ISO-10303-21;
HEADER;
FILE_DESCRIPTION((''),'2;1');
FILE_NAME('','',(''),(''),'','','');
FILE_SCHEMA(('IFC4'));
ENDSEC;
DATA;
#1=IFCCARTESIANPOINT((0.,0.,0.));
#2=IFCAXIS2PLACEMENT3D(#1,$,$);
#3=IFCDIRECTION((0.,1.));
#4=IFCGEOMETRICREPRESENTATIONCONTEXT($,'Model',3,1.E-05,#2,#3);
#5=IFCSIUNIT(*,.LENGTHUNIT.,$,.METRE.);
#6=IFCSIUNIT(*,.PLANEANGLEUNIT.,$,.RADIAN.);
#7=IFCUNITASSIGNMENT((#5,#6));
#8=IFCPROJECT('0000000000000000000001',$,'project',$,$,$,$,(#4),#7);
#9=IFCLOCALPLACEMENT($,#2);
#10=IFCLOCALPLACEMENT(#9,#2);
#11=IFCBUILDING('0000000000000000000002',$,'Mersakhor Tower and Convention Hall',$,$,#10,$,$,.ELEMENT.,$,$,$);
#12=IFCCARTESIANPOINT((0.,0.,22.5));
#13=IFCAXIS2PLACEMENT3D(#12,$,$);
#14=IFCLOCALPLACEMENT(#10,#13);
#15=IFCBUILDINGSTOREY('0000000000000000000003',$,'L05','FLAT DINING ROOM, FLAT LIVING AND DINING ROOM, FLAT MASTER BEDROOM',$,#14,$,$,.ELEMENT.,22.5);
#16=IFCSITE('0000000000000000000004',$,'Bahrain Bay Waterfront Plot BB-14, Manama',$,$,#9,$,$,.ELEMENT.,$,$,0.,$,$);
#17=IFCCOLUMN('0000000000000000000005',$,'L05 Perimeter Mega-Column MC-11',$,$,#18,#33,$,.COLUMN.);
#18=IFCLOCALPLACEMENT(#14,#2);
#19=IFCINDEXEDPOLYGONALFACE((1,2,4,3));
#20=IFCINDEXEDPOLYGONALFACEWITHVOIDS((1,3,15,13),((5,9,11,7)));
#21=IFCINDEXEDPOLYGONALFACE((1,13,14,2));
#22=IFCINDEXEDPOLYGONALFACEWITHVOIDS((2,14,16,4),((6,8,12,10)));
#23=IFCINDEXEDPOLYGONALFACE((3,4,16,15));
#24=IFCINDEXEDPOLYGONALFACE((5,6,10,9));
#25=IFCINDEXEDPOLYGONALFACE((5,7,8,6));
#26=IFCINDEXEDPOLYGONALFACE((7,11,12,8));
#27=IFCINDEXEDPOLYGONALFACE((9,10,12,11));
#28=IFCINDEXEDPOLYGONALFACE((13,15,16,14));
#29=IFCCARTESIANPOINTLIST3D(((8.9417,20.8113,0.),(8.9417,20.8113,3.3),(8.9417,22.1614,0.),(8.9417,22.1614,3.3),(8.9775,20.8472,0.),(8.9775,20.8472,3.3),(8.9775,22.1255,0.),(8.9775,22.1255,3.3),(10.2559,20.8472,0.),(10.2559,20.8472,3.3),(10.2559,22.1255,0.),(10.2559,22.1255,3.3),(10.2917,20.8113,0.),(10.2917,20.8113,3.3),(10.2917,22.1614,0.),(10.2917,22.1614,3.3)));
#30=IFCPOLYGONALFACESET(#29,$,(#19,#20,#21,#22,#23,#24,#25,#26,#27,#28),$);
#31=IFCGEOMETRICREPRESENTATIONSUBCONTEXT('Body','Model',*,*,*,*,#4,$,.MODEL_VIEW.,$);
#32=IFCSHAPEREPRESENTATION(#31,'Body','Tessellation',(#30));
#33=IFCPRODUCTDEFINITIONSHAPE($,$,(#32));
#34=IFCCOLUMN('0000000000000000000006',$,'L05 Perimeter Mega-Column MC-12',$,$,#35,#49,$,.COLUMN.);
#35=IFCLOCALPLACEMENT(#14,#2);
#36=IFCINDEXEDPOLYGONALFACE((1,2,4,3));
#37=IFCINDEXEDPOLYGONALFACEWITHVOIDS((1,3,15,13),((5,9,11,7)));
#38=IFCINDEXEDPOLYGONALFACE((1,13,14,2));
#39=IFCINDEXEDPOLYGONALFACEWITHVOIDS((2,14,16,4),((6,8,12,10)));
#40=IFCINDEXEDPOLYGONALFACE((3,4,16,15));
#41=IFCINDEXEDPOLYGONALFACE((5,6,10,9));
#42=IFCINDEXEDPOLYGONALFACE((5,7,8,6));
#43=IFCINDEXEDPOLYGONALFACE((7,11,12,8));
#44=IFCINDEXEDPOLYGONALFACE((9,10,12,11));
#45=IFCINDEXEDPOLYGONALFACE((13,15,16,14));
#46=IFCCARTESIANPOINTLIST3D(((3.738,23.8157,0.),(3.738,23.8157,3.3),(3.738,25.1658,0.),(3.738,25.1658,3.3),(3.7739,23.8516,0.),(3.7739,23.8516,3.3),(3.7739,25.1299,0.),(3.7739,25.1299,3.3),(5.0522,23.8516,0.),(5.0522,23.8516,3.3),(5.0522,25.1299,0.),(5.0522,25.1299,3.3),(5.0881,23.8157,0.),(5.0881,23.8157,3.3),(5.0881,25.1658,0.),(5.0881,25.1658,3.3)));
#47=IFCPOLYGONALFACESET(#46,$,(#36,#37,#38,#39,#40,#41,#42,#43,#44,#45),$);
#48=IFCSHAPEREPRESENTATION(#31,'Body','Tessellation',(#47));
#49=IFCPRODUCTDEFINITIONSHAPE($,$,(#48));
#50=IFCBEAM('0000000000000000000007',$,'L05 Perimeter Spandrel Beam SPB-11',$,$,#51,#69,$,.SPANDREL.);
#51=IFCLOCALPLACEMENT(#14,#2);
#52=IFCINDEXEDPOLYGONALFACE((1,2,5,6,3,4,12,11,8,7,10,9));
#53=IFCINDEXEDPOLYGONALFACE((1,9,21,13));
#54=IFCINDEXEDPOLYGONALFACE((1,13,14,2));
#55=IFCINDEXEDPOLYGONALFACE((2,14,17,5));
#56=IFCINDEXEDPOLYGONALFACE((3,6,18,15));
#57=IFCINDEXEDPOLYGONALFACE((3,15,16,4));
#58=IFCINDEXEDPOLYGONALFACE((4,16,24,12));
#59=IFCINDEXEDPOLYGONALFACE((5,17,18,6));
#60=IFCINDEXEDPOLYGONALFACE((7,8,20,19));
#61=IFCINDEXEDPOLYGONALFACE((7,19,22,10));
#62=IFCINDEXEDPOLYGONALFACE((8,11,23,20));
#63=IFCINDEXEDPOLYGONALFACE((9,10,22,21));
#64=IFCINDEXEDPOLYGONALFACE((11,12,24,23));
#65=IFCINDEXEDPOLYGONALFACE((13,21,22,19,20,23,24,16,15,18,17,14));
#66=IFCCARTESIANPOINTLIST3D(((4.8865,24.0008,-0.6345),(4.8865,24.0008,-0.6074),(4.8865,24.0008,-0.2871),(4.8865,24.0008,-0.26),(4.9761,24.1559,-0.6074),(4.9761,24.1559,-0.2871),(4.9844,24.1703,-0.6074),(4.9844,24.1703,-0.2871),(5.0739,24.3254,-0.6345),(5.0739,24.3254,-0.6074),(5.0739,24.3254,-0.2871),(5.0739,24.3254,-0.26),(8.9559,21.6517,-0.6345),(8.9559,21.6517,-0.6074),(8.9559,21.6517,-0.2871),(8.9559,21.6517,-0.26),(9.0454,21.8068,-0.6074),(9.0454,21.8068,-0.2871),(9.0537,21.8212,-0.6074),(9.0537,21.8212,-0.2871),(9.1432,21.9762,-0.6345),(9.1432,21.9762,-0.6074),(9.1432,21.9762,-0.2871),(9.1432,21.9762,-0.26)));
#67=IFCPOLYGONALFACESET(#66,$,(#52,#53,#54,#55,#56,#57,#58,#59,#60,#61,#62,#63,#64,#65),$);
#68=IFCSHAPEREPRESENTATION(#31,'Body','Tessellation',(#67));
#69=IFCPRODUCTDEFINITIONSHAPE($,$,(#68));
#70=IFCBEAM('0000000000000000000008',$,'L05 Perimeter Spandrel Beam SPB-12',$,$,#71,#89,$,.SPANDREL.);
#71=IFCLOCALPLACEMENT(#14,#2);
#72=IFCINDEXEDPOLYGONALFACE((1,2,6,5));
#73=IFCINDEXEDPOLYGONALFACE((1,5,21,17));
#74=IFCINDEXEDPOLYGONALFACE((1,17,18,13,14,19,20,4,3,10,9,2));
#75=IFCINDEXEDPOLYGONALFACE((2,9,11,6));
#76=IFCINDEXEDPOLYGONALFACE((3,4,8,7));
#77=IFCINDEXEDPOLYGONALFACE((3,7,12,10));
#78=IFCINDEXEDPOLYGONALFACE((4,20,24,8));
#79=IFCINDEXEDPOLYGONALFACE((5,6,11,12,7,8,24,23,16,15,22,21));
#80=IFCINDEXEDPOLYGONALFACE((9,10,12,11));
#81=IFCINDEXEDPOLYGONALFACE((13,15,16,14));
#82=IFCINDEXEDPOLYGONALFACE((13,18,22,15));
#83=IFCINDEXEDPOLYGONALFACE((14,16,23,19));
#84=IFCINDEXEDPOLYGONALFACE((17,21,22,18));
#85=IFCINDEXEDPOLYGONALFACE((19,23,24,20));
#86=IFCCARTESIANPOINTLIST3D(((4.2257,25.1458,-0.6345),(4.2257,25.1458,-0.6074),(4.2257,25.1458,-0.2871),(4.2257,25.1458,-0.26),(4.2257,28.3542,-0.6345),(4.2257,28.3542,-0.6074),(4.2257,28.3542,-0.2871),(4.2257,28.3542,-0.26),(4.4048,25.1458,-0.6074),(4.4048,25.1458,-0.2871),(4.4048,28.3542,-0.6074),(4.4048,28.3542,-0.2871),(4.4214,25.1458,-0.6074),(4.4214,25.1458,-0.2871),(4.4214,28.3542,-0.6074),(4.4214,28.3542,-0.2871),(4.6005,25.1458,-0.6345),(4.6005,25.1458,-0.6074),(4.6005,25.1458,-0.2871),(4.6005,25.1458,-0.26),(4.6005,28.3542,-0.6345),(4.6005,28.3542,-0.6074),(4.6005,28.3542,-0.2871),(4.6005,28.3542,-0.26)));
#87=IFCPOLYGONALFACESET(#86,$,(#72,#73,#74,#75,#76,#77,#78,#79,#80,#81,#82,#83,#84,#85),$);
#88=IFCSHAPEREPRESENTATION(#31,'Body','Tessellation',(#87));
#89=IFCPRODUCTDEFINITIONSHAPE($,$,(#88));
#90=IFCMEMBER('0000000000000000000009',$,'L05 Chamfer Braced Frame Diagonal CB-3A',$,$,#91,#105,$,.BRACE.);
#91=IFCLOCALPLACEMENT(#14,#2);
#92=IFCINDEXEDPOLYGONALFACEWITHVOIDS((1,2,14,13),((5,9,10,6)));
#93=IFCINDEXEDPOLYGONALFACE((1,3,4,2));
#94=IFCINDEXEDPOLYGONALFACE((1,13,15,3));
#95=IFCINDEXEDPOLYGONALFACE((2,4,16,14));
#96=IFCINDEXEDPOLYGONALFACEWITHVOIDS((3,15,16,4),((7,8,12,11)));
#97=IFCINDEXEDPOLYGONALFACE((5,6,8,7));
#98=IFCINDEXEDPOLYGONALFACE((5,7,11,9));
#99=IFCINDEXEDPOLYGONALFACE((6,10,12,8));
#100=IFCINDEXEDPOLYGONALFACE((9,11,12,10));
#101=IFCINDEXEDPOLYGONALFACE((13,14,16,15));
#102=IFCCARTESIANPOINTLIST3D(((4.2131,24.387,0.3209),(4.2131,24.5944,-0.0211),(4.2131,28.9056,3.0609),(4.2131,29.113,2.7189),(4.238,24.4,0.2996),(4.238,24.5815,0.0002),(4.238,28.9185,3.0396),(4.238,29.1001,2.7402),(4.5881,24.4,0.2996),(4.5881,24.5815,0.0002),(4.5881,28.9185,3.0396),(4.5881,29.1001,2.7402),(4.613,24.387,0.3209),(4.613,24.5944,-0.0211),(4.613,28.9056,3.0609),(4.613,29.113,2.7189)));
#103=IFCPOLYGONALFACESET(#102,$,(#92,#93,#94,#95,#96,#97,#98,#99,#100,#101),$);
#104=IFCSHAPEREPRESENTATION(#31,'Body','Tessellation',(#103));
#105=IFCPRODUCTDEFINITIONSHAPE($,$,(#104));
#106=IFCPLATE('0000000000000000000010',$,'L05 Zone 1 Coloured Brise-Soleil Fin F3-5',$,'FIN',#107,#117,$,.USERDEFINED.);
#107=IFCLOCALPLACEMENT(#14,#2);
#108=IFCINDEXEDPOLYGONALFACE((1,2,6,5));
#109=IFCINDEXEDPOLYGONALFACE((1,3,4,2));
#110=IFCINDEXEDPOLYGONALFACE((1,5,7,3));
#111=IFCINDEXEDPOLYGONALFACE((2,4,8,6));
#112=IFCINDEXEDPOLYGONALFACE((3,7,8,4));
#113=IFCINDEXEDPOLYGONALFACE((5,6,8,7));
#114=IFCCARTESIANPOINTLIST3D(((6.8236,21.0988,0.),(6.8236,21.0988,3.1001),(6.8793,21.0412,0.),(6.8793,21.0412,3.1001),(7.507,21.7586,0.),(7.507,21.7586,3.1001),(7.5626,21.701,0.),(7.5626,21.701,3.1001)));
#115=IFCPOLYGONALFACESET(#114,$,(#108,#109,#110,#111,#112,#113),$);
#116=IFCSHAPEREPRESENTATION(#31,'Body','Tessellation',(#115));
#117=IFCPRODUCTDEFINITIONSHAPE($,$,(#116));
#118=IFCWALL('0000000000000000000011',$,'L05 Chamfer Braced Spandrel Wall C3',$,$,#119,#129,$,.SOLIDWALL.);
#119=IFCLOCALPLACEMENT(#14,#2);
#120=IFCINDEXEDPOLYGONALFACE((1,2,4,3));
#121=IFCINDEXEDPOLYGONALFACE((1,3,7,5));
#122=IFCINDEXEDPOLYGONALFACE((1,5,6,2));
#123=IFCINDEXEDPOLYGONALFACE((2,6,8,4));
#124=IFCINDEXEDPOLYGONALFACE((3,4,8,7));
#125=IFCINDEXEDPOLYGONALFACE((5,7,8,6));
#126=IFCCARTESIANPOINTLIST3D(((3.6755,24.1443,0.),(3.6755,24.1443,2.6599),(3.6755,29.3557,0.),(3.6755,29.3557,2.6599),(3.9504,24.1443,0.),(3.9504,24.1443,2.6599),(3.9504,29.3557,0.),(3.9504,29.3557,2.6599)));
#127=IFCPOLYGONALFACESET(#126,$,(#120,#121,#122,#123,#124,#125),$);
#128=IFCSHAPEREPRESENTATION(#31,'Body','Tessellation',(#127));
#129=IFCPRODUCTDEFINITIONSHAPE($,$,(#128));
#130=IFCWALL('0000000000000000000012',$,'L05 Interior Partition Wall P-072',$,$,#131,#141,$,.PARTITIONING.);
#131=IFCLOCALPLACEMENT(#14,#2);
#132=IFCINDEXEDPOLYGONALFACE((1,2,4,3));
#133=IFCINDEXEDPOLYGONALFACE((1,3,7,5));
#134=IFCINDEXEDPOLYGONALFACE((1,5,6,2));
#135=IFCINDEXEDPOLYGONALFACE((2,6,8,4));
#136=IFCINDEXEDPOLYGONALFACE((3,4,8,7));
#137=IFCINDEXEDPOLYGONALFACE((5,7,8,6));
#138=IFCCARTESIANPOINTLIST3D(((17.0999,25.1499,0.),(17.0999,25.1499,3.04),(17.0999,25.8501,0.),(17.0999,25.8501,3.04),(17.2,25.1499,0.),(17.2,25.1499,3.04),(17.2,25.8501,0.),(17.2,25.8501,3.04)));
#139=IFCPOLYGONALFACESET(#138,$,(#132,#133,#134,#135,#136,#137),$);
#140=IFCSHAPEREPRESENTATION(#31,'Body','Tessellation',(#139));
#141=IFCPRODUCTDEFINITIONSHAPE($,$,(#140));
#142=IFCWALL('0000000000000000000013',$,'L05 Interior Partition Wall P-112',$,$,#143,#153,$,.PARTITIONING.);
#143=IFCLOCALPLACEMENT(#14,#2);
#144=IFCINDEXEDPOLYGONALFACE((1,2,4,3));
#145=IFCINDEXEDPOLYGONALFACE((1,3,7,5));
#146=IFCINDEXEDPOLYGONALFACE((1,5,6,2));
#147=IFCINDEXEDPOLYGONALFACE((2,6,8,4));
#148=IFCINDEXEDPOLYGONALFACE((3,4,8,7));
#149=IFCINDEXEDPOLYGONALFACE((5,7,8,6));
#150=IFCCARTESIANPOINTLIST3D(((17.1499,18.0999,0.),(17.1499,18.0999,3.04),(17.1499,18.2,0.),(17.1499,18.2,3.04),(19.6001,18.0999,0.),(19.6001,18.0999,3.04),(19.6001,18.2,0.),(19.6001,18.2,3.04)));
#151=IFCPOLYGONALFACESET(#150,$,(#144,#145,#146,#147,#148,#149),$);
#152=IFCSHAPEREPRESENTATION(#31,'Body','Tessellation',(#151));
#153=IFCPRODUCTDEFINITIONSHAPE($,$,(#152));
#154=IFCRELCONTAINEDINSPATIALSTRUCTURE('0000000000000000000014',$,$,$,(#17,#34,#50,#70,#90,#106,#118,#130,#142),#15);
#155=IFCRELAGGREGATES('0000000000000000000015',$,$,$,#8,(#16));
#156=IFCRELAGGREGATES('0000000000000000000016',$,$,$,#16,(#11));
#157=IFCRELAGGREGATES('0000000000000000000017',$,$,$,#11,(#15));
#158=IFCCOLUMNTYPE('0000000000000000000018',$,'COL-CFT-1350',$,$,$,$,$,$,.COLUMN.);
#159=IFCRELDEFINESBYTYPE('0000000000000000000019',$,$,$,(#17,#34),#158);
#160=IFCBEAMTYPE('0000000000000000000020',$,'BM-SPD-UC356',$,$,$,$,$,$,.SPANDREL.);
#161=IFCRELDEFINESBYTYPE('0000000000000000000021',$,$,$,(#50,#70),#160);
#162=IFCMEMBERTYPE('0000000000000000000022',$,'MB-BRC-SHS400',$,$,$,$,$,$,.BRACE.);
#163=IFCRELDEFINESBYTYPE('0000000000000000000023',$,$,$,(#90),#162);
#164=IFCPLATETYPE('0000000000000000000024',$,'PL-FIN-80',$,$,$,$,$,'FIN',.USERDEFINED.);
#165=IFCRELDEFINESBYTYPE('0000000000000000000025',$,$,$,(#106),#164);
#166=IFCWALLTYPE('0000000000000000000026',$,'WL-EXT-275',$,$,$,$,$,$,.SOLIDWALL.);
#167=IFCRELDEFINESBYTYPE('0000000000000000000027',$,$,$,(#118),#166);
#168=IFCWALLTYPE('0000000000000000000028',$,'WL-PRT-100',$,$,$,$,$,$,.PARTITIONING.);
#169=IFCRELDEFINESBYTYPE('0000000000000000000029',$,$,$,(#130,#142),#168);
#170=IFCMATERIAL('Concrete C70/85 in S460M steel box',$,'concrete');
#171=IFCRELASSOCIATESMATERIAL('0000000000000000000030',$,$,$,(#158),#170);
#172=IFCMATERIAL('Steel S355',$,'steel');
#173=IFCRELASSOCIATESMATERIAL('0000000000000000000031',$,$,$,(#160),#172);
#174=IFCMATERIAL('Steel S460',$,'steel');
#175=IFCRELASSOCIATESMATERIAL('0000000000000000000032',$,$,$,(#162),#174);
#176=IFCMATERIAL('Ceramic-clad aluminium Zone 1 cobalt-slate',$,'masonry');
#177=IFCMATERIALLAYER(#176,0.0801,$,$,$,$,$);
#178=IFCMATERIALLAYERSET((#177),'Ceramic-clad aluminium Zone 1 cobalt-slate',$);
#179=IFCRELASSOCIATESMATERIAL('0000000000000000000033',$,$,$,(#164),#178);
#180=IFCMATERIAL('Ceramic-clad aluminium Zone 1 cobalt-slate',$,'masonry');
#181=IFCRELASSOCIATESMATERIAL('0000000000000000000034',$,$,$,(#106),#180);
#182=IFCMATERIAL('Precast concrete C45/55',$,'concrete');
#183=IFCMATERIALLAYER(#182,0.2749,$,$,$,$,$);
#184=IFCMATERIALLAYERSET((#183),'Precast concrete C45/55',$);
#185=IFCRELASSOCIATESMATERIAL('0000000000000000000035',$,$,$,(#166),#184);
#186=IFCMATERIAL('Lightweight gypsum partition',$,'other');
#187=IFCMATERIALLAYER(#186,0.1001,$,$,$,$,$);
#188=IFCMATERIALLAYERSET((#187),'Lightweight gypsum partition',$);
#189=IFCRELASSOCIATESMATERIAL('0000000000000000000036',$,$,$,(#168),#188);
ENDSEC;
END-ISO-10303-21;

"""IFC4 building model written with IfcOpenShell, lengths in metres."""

from ifc_helpers import new_model, si_unit, direction, frame, frame_2d, origin, origin_2d, place, context, subcontext, project, spatial, rectangle, hollow_rectangle, i_section, extrude, material, layer, layer_set, material_profile, profile_set, type_object, element, save


model = new_model("IFC4")

# Units and contexts
model_context = context("Model", 3, precision=1e-05, world=origin(), true_north=direction((0.0, 1.0)))
body_context = subcontext(model_context, "Body", "Model", "MODEL_VIEW")
ifc_project = project(units=[si_unit("LENGTHUNIT", "METRE"), si_unit("PLANEANGLEUNIT", "RADIAN")], contexts=[model_context])

# Site, building, storey
site_placement = place(None, origin())
site = spatial("IfcSite", under=ifc_project, at=site_placement, Name="Bahrain Bay Waterfront Plot BB-14, Manama", CompositionType="ELEMENT", RefElevation=0.0)
building_placement = place(site_placement, origin())
building = spatial("IfcBuilding", under=site, at=building_placement, Name="Mersakhor Tower and Convention Hall", CompositionType="ELEMENT")
storey_placement = place(building_placement, frame((0.0, 0.0, 22.5)))
storey = spatial("IfcBuildingStorey", under=building, at=storey_placement, Name="L05", Description="FLAT DINING ROOM, FLAT LIVING AND DINING ROOM, FLAT MASTER BEDROOM", CompositionType="ELEMENT", Elevation=22.5)

# Columns
ifc_material_1 = material(Name="Concrete C70/85 in S460M steel box", Category="concrete")
ifc_material_profile_1 = material_profile(ifc_material_1, hollow_rectangle(XDim=1.3501, YDim=1.3501, WallThickness=0.0359, at=origin_2d()), Name="SHS 1350x1350x36")
ifc_profile_set_1 = profile_set([ifc_material_profile_1], Name="Concrete C70/85 in S460M steel box")
column_type = type_object("IfcColumnType", Name="COL-CFT-1350", PredefinedType="COLUMN", material=ifc_profile_set_1)
for number, where, z_axis, x_axis, name in (
    (1, (9.6167, 21.4863, 0.0), (0.0, 0.0, 1.0), (1.0, 0.0, 0.0), "L05 Perimeter Mega-Column MC-11"),
    (2, (4.4131, 24.4907, 0.0), (0.0, 0.0, 1.0), (1.0, 0.0, 0.0), "L05 Perimeter Mega-Column MC-12"),
):
    element("IfcColumn", number, at=place(storey_placement, frame(where, z_axis=z_axis, x_axis=x_axis)), inside=storey, type_object=column_type, Name=name, PredefinedType="COLUMN", context=body_context, shape_type="SweptSolid", body=[
        extrude(hollow_rectangle(XDim=1.3501, YDim=1.3501, WallThickness=0.0359, at=origin_2d()), origin(), (0.0, 0.0, 1.0), 3.3),
    ])

# Beams
ifc_material_2 = material(Name="Steel S355", Category="steel")
ifc_material_profile_2 = material_profile(ifc_material_2, i_section(OverallWidth=0.3748, OverallDepth=0.3745, WebThickness=0.0166, FlangeThickness=0.0271, at=origin_2d()), Name="UC 356x368x202")
ifc_profile_set_2 = profile_set([ifc_material_profile_2], Name="Steel S355")
beam_type = type_object("IfcBeamType", Name="BM-SPD-UC356", PredefinedType="SPANDREL", material=ifc_profile_set_2)
beam_1_placement = place(storey_placement, frame((9.0496, 21.814, -0.4473), z_axis=(-0.866054, 0.49995, 0.0), x_axis=(-0.49995, -0.866054, 0.0)))
element("IfcBeam", 3, at=beam_1_placement, inside=storey, type_object=beam_type, Name="L05 Perimeter Spandrel Beam SPB-11", PredefinedType="SPANDREL", context=body_context, shape_type="SweptSolid", body=[
    extrude(i_section(OverallWidth=0.3748, OverallDepth=0.3745, WebThickness=0.0166, FlangeThickness=0.0271, at=origin_2d()), origin(), (0.0, 0.0, 1.0), 4.6987),
])
beam_2_placement = place(storey_placement, frame((4.4131, 25.1458, -0.4473), z_axis=(0.0, 1.0, 0.0), x_axis=(-1.0, 0.0, 0.0)))
element("IfcBeam", 4, at=beam_2_placement, inside=storey, type_object=beam_type, Name="L05 Perimeter Spandrel Beam SPB-12", PredefinedType="SPANDREL", context=body_context, shape_type="SweptSolid", body=[
    extrude(i_section(OverallWidth=0.3748, OverallDepth=0.3745, WebThickness=0.0166, FlangeThickness=0.0271, at=origin_2d()), origin(), (0.0, 0.0, 1.0), 3.2085),
])

# Member
ifc_material_3 = material(Name="Steel S460", Category="steel")
ifc_material_profile_3 = material_profile(ifc_material_3, hollow_rectangle(XDim=0.3999, YDim=0.3999, WallThickness=0.0249, at=origin_2d()), Name="SHS 400x400x25")
ifc_profile_set_3 = profile_set([ifc_material_profile_3], Name="Steel S460")
member_type = type_object("IfcMemberType", Name="MB-BRC-SHS400", PredefinedType="BRACE", material=ifc_profile_set_3)
member_placement = place(storey_placement, frame((4.4131, 24.4907, 0.1499), z_axis=(0.0, 0.855074, 0.518505), x_axis=(-1.0, 0.0, 0.0)))
element("IfcMember", 5, at=member_placement, inside=storey, type_object=member_type, Name="L05 Chamfer Braced Frame Diagonal CB-3A", PredefinedType="BRACE", context=body_context, shape_type="SweptSolid", body=[
    extrude(hollow_rectangle(XDim=0.3999, YDim=0.3999, WallThickness=0.0249, at=origin_2d()), origin(), (0.0, 0.0, 1.0), 5.2844),
])

# Plate
ifc_material_4 = material(Name="Ceramic-clad aluminium Zone 1 cobalt-slate", Category="masonry")
ifc_material_5 = material(Name="Ceramic-clad aluminium Zone 1 cobalt-slate", Category="masonry")
ifc_layer_1 = layer(ifc_material_5, 0.0801)
ifc_layer_set_1 = layer_set([ifc_layer_1], Name="Ceramic-clad aluminium Zone 1 cobalt-slate")
plate_type = type_object("IfcPlateType", Name="PL-FIN-80", ElementType="FIN", PredefinedType="USERDEFINED", material=ifc_layer_set_1)
plate_placement = place(storey_placement, frame((7.1931, 21.3999, 0.0), z_axis=(0.0, 0.0, 1.0), x_axis=(-0.71934, -0.694658, 0.0)))
element("IfcPlate", 6, at=plate_placement, inside=storey, type_object=plate_type, material=ifc_material_4, Name="L05 Zone 1 Coloured Brise-Soleil Fin F3-5", ObjectType="FIN", PredefinedType="USERDEFINED", context=body_context, shape_type="SweptSolid", body=[
    extrude(rectangle(XDim=0.95, YDim=0.0801, at=origin_2d()), origin(), (0.0, 0.0, 1.0), 3.1001),
])

# Walls
ifc_material_6 = material(Name="Precast concrete C45/55", Category="concrete")
ifc_layer_2 = layer(ifc_material_6, 0.2749)
ifc_layer_set_2 = layer_set([ifc_layer_2], Name="Precast concrete C45/55")
wall_type_1 = type_object("IfcWallType", Name="WL-EXT-275", PredefinedType="SOLIDWALL", material=ifc_layer_set_2)
wall_1_placement = place(storey_placement, frame((3.813, 24.1443, 0.0), z_axis=(0.0, 0.0, 1.0), x_axis=(0.0, 1.0, 0.0)))
element("IfcWall", 7, at=wall_1_placement, inside=storey, type_object=wall_type_1, Name="L05 Chamfer Braced Spandrel Wall C3", PredefinedType="SOLIDWALL", context=body_context, shape_type="SweptSolid", body=[
    extrude(rectangle(XDim=5.2114, YDim=0.2749, at=frame_2d((2.6057, 0.0))), origin(), (0.0, 0.0, 1.0), 2.6599),
])
ifc_material_7 = material(Name="Lightweight gypsum partition", Category="other")
ifc_layer_3 = layer(ifc_material_7, 0.1001)
ifc_layer_set_3 = layer_set([ifc_layer_3], Name="Lightweight gypsum partition")
wall_type_2 = type_object("IfcWallType", Name="WL-PRT-100", PredefinedType="PARTITIONING", material=ifc_layer_set_3)
wall_2_placement = place(storey_placement, frame((17.1499, 25.1499, 0.0), z_axis=(0.0, 0.0, 1.0), x_axis=(0.0, 1.0, 0.0)))
element("IfcWall", 8, at=wall_2_placement, inside=storey, type_object=wall_type_2, Name="L05 Interior Partition Wall P-072", PredefinedType="PARTITIONING", context=body_context, shape_type="SweptSolid", body=[
    extrude(rectangle(XDim=0.7002, YDim=0.1001, at=frame_2d((0.3501, 0.0))), origin(), (0.0, 0.0, 1.0), 3.04),
])
wall_3_placement = place(storey_placement, frame((19.6001, 18.1499, 0.0), z_axis=(0.0, 0.0, 1.0), x_axis=(-1.0, 0.0, 0.0)))
element("IfcWall", 9, at=wall_3_placement, inside=storey, type_object=wall_type_2, Name="L05 Interior Partition Wall P-112", PredefinedType="PARTITIONING", context=body_context, shape_type="SweptSolid", body=[
    extrude(rectangle(XDim=2.4502, YDim=0.1001, at=frame_2d((1.2251, 0.0))), origin(), (0.0, 0.0, 1.0), 3.04),
])

save(model, "model.ifc")
